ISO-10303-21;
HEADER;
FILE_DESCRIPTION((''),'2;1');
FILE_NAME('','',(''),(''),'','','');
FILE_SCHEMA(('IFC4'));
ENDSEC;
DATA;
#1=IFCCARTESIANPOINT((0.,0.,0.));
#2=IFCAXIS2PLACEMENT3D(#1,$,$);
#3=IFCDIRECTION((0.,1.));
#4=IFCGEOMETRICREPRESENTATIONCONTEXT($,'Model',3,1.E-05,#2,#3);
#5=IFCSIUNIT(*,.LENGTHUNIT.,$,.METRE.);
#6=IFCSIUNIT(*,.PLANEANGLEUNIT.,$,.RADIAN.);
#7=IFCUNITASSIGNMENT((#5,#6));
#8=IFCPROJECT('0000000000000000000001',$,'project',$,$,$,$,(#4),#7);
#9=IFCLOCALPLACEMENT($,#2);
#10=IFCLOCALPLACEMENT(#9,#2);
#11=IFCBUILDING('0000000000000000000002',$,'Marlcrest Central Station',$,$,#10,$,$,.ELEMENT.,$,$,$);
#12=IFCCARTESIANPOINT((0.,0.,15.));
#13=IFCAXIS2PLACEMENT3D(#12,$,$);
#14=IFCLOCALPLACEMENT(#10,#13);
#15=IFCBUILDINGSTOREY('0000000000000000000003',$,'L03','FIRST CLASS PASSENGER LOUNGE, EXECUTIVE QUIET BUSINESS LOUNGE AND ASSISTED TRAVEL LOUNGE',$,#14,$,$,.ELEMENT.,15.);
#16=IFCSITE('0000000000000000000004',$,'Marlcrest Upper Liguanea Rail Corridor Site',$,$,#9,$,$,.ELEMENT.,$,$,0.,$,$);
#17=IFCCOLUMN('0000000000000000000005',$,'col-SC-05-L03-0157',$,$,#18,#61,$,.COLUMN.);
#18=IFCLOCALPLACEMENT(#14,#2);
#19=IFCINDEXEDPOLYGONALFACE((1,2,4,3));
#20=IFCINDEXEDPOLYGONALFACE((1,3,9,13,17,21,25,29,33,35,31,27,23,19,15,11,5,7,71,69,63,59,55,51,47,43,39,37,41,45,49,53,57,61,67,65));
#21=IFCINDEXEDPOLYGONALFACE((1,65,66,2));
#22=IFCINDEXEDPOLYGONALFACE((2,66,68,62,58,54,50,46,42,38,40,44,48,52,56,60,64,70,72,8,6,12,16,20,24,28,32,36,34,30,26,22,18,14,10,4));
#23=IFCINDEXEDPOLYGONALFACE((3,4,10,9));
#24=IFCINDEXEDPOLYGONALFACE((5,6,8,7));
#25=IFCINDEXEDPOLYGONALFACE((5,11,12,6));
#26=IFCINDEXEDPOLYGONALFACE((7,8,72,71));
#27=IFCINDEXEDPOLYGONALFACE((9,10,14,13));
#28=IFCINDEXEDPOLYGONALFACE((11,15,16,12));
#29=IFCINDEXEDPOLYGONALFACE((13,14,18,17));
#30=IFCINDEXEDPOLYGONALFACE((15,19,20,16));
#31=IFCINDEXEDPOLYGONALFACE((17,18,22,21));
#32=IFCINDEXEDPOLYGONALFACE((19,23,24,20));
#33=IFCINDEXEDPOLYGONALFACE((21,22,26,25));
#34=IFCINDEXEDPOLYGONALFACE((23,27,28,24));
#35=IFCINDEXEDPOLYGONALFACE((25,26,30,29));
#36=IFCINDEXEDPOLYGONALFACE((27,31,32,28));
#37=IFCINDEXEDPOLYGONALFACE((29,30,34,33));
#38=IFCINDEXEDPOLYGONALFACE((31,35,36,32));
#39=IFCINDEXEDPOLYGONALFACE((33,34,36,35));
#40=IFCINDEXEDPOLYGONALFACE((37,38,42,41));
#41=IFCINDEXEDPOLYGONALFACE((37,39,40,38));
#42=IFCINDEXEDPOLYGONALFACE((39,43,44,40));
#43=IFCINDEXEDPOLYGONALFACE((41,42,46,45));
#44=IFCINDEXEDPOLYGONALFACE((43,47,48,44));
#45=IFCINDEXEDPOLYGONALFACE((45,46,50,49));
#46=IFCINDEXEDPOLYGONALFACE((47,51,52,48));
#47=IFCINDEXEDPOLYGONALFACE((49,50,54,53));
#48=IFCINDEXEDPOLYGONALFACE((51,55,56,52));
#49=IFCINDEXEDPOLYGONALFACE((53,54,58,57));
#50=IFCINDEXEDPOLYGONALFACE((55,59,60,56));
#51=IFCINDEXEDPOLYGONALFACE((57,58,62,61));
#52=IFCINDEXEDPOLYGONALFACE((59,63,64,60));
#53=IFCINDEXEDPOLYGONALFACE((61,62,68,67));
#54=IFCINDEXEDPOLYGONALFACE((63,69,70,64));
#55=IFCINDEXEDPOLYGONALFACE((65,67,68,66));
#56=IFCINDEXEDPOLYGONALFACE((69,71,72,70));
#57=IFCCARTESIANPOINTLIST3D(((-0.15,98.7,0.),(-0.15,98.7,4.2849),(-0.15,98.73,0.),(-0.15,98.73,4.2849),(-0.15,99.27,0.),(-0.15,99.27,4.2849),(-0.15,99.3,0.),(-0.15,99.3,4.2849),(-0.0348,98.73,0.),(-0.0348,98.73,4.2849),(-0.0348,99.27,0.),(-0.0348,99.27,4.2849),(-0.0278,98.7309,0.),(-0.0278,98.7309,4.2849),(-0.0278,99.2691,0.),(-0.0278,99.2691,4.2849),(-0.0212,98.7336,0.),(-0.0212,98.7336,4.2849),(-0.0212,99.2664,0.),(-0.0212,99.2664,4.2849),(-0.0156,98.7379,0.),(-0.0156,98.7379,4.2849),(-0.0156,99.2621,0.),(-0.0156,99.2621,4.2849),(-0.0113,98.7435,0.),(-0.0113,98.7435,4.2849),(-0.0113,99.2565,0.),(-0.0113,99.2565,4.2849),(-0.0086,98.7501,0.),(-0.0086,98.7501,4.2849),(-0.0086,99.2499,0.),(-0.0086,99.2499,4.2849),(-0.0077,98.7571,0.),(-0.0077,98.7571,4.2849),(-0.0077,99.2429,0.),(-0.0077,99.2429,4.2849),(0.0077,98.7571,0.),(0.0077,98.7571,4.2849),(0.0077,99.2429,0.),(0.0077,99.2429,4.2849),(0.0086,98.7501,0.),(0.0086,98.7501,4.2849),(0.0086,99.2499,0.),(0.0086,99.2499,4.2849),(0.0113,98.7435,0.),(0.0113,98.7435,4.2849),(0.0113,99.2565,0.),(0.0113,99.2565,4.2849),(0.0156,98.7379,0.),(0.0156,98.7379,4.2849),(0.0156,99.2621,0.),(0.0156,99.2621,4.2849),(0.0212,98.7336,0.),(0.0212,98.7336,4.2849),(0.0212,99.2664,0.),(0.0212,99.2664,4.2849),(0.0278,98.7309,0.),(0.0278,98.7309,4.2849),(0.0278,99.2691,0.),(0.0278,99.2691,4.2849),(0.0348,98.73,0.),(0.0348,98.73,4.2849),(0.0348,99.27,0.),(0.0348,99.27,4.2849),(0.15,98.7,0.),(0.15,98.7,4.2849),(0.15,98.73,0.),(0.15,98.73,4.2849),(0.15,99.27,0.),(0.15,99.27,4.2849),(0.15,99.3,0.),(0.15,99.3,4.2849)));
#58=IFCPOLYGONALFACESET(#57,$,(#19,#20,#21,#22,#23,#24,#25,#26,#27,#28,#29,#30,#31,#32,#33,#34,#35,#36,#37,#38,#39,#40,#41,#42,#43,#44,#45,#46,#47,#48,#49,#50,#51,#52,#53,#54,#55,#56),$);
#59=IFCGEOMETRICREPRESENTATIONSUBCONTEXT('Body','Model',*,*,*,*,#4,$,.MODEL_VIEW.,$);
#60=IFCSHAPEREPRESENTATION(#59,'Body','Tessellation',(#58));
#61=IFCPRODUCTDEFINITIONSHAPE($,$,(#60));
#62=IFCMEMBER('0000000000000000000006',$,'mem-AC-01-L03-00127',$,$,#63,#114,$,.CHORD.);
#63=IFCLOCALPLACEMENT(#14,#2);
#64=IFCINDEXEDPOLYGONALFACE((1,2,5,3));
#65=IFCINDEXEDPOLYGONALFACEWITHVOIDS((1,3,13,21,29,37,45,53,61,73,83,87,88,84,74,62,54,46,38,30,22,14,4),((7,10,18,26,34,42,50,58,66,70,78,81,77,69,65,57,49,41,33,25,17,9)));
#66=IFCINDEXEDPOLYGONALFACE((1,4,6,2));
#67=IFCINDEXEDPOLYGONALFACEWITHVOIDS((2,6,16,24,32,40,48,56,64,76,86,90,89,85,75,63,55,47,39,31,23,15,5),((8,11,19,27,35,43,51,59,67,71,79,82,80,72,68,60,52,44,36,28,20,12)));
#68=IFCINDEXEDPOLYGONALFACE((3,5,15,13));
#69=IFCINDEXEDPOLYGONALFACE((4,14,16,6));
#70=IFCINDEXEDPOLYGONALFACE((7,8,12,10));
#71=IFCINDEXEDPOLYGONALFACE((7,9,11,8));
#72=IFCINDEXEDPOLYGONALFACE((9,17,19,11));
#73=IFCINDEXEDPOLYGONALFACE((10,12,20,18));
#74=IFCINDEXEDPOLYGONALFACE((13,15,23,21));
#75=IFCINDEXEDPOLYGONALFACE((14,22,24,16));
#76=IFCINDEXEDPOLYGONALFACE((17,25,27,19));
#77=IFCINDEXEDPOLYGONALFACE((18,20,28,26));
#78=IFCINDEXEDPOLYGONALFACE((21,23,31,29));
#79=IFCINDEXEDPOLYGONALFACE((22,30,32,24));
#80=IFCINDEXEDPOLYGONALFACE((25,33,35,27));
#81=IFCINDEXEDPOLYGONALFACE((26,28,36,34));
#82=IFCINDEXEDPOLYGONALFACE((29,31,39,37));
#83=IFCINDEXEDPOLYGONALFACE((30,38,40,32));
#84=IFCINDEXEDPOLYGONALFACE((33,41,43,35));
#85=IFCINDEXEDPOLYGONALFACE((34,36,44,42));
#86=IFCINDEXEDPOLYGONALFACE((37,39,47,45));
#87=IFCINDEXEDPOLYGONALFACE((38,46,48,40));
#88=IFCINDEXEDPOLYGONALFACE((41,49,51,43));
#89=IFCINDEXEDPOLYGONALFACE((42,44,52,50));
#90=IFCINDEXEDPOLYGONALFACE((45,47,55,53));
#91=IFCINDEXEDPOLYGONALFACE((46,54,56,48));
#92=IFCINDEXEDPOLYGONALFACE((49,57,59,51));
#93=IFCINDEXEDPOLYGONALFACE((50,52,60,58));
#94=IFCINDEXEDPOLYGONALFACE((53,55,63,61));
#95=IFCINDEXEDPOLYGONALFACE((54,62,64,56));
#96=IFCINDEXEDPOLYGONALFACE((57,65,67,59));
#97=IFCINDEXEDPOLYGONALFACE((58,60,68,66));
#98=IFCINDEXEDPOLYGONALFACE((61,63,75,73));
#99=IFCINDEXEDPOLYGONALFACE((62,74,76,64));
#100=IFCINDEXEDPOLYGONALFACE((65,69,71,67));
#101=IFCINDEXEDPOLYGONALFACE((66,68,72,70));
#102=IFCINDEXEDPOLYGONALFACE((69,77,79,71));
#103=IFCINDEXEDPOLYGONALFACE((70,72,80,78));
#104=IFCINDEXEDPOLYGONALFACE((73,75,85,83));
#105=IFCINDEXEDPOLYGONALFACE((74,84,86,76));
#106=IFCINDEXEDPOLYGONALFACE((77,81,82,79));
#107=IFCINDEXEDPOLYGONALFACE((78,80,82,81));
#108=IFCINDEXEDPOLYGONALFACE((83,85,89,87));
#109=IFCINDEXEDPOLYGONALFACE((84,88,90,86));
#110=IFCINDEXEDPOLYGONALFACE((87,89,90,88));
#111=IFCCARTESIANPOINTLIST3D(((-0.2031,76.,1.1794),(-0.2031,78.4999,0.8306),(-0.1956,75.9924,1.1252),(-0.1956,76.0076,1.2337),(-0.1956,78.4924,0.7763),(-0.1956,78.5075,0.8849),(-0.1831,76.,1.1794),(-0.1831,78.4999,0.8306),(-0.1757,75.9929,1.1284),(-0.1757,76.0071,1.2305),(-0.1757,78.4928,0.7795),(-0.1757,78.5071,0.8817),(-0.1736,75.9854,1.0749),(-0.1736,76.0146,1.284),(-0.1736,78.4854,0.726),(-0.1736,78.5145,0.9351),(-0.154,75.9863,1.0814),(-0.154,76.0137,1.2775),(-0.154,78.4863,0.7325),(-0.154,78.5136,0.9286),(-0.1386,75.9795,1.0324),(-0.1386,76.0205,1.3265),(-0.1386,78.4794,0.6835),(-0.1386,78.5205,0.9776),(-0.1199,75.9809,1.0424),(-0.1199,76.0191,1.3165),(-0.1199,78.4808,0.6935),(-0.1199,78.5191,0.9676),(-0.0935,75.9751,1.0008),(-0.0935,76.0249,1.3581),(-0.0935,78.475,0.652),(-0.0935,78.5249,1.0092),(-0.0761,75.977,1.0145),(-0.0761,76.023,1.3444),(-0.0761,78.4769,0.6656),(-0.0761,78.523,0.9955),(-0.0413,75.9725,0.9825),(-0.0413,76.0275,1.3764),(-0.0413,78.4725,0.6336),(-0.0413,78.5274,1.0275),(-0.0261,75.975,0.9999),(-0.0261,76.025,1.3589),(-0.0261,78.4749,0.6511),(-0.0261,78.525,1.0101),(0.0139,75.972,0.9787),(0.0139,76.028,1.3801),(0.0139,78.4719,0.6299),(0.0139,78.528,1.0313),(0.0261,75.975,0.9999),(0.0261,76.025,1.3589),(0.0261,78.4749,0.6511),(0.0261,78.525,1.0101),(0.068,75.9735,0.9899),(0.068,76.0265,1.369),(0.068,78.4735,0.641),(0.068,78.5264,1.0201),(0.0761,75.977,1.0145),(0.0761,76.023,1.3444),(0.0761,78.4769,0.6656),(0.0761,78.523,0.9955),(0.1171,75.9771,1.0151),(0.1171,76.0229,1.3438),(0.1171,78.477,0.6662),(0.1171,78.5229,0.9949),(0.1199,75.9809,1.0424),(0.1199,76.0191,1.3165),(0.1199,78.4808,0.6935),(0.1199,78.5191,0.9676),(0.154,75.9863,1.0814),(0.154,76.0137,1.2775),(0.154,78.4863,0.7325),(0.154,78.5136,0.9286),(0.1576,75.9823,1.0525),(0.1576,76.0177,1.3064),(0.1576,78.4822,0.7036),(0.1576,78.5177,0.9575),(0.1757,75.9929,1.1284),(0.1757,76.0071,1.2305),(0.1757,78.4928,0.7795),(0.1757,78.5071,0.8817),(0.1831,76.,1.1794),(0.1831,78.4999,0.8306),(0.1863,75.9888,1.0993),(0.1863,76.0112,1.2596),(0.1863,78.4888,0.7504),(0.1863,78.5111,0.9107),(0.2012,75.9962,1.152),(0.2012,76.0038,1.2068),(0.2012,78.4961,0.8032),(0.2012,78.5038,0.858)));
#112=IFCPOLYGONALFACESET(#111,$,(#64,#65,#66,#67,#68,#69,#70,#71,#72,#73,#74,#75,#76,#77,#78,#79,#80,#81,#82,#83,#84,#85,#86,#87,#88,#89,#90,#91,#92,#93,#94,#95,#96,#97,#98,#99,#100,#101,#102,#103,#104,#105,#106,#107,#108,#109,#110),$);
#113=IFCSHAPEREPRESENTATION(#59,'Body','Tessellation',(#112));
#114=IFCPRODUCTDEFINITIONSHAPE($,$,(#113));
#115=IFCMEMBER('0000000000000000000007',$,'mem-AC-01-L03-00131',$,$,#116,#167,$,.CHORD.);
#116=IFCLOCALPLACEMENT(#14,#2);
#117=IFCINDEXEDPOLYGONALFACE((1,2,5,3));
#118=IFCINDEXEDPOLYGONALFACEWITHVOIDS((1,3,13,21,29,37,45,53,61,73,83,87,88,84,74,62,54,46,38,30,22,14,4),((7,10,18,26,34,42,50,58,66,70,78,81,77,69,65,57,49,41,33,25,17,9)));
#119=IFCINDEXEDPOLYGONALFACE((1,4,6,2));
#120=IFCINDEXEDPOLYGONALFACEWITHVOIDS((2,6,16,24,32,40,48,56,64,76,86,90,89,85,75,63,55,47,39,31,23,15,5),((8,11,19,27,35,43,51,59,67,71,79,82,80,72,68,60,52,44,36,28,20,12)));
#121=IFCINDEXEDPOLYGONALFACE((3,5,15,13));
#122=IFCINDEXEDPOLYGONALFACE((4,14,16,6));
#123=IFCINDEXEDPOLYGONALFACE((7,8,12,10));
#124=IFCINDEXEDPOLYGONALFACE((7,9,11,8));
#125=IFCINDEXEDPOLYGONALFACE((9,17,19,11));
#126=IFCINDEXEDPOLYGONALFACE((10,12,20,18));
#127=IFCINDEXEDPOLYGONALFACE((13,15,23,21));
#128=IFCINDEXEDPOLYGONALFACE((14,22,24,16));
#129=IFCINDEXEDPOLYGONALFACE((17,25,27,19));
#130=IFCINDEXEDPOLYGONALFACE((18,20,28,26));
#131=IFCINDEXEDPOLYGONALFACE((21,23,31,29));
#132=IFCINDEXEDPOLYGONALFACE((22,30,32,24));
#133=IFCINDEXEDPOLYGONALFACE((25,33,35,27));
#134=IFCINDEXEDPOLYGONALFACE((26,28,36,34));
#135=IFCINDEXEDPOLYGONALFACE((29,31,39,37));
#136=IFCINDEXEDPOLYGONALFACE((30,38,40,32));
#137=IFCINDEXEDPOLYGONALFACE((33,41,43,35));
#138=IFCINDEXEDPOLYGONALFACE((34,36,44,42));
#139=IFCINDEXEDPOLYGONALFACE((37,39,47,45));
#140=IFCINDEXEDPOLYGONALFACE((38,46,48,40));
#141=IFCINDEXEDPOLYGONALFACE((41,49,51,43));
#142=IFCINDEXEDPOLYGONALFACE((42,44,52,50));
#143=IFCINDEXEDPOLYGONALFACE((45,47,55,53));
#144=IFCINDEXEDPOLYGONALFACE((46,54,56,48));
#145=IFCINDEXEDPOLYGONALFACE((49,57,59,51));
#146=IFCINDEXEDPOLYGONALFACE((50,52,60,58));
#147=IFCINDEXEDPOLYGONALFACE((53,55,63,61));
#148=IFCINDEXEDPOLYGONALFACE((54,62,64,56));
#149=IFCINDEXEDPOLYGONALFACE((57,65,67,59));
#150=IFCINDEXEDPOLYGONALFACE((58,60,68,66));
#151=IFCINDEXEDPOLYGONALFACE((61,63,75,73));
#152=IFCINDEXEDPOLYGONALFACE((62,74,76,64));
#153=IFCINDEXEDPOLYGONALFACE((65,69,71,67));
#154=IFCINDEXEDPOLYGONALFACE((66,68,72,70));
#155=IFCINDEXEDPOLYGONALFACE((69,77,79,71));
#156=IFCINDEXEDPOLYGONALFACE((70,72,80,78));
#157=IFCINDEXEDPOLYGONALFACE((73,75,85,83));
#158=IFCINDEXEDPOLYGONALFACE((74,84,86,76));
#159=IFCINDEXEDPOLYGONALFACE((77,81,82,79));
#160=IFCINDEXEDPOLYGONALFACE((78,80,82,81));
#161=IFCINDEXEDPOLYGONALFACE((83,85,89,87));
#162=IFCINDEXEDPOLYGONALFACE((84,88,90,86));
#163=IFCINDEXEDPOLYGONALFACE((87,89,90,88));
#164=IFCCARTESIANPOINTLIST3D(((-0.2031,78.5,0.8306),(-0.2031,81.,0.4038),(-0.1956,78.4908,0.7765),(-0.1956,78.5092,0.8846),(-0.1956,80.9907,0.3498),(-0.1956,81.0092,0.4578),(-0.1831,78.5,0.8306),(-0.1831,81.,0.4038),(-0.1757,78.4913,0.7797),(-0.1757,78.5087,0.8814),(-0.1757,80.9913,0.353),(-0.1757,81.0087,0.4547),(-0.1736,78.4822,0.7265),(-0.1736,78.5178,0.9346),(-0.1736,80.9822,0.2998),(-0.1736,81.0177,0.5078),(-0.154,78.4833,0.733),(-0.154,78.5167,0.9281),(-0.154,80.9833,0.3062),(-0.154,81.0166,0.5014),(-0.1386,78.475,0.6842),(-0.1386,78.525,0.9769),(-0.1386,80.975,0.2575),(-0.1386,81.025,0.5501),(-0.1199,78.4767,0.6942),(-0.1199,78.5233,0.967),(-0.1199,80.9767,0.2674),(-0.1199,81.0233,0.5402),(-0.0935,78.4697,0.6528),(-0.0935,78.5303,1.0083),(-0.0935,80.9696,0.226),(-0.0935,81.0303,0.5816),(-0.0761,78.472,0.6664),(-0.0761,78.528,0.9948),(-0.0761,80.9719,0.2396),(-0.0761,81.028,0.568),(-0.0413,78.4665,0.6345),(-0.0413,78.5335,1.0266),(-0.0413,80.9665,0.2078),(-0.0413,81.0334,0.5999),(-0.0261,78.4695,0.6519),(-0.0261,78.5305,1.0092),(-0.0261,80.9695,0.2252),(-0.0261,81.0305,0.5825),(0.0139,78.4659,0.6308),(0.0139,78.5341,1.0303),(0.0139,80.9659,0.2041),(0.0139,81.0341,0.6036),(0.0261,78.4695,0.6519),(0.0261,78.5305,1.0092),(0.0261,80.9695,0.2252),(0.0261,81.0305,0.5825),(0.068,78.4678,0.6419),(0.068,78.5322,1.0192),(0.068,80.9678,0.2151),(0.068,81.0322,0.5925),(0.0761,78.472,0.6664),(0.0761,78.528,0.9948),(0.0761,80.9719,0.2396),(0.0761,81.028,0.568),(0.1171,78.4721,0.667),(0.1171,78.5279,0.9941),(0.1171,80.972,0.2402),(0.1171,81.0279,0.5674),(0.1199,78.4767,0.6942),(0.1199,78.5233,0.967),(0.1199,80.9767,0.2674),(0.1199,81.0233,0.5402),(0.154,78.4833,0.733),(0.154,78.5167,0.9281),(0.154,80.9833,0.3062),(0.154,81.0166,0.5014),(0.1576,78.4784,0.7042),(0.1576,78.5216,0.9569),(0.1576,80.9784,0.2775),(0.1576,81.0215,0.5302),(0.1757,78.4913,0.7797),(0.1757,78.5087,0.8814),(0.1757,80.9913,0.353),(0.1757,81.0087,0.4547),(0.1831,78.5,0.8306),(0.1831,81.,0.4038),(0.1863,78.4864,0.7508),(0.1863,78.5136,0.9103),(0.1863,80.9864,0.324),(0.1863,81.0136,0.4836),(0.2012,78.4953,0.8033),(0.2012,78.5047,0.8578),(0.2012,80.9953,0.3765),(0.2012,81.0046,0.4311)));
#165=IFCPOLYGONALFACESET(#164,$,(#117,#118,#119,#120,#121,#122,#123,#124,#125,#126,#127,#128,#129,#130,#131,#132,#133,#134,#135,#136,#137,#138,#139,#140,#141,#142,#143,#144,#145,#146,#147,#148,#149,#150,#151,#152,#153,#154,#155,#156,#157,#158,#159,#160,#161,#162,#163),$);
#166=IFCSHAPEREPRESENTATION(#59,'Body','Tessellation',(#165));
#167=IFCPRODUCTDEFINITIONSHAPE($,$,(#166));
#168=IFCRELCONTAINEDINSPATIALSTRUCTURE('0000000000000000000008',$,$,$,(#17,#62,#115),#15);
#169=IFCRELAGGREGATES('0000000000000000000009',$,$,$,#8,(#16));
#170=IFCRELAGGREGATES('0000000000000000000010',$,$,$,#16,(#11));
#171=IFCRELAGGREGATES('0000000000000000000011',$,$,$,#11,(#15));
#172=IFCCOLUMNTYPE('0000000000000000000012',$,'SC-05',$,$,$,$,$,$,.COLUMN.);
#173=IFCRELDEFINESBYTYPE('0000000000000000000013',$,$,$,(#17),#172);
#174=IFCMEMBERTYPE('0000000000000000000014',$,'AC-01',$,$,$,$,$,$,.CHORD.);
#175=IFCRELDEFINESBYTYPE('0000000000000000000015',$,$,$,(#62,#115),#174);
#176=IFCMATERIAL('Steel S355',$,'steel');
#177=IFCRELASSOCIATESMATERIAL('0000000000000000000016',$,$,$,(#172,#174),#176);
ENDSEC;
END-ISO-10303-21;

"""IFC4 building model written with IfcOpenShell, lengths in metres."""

from ifc_helpers import new_model, si_unit, direction, frame, origin, origin_2d, place, context, subcontext, project, spatial, hollow_circle, i_section, extrude, material, material_profile, profile_set, type_object, element, save


model = new_model("IFC4")

# Units and contexts
model_context = context("Model", 3, precision=1e-05, world=origin(), true_north=direction((0.0, 1.0)))
body_context = subcontext(model_context, "Body", "Model", "MODEL_VIEW")
ifc_project = project(units=[si_unit("LENGTHUNIT", "METRE"), si_unit("PLANEANGLEUNIT", "RADIAN")], contexts=[model_context])

# Site, building, storey
site_placement = place(None, origin())
site = spatial("IfcSite", under=ifc_project, at=site_placement, Name="Marlcrest Upper Liguanea Rail Corridor Site", CompositionType="ELEMENT", RefElevation=0.0)
building_placement = place(site_placement, origin())
building = spatial("IfcBuilding", under=site, at=building_placement, Name="Marlcrest Central Station", CompositionType="ELEMENT")
storey_placement = place(building_placement, frame((0.0, 0.0, 15.0)))
storey = spatial("IfcBuildingStorey", under=building, at=storey_placement, Name="L03", Description="FIRST CLASS PASSENGER LOUNGE, EXECUTIVE QUIET BUSINESS LOUNGE AND ASSISTED TRAVEL LOUNGE", CompositionType="ELEMENT", Elevation=15.0)

# Column
ifc_material_1 = material(Name="Steel S355", Category="steel")
ifc_material_profile_1 = material_profile(ifc_material_1, i_section(OverallWidth=0.3, OverallDepth=0.6001, WebThickness=0.0154, FlangeThickness=0.03, FilletRadius=0.0271, at=origin_2d()), Name="HEB 600")
ifc_profile_set_1 = profile_set([ifc_material_profile_1], Name="Steel S355")
column_type = type_object("IfcColumnType", Name="SC-05", PredefinedType="COLUMN", material=ifc_profile_set_1)
column_placement = place(storey_placement, frame((0.0, 99.0, 0.0), z_axis=(0.0, 0.0, 1.0), x_axis=(1.0, 0.0, 0.0)))
element("IfcColumn", 1, at=column_placement, inside=storey, type_object=column_type, Name="col-SC-05-L03-0157", PredefinedType="COLUMN", context=body_context, shape_type="SweptSolid", body=[
    extrude(i_section(OverallWidth=0.3, OverallDepth=0.6001, WebThickness=0.0154, FlangeThickness=0.03, FilletRadius=0.0271, at=origin_2d()), origin(), (0.0, 0.0, 1.0), 4.2849),
])

# Members
ifc_material_profile_2 = material_profile(ifc_material_1, hollow_circle(Radius=0.2031, WallThickness=0.02, at=origin_2d()), Name="CHS 406.4x20")
ifc_profile_set_2 = profile_set([ifc_material_profile_2], Name="Steel S355")
member_type_1 = type_object("IfcMemberType", Name="AC-01", PredefinedType="CHORD", material=ifc_profile_set_2)
member_1_placement = place(storey_placement, frame((0.0, 76.0, 1.1794), z_axis=(0.0, 0.990403, -0.138211), x_axis=(-1.0, 0.0, 0.0)))
element("IfcMember", 2, at=member_1_placement, inside=storey, type_object=member_type_1, Name="mem-AC-01-L03-00127", PredefinedType="CHORD", context=body_context, shape_type="SweptSolid", body=[
    extrude(hollow_circle(Radius=0.2031, WallThickness=0.02, at=origin_2d()), origin(), (0.0, 0.0, 1.0), 2.5242),
])
member_2_placement = place(storey_placement, frame((0.0, 78.5, 0.8306), z_axis=(0.0, 0.985741, -0.168269), x_axis=(-1.0, 0.0, 0.0)))
element("IfcMember", 3, at=member_2_placement, inside=storey, type_object=member_type_1, Name="mem-AC-01-L03-00131", PredefinedType="CHORD", context=body_context, shape_type="SweptSolid", body=[
    extrude(hollow_circle(Radius=0.2031, WallThickness=0.02, at=origin_2d()), origin(), (0.0, 0.0, 1.0), 2.5361),
])

save(model, "model.ifc")
